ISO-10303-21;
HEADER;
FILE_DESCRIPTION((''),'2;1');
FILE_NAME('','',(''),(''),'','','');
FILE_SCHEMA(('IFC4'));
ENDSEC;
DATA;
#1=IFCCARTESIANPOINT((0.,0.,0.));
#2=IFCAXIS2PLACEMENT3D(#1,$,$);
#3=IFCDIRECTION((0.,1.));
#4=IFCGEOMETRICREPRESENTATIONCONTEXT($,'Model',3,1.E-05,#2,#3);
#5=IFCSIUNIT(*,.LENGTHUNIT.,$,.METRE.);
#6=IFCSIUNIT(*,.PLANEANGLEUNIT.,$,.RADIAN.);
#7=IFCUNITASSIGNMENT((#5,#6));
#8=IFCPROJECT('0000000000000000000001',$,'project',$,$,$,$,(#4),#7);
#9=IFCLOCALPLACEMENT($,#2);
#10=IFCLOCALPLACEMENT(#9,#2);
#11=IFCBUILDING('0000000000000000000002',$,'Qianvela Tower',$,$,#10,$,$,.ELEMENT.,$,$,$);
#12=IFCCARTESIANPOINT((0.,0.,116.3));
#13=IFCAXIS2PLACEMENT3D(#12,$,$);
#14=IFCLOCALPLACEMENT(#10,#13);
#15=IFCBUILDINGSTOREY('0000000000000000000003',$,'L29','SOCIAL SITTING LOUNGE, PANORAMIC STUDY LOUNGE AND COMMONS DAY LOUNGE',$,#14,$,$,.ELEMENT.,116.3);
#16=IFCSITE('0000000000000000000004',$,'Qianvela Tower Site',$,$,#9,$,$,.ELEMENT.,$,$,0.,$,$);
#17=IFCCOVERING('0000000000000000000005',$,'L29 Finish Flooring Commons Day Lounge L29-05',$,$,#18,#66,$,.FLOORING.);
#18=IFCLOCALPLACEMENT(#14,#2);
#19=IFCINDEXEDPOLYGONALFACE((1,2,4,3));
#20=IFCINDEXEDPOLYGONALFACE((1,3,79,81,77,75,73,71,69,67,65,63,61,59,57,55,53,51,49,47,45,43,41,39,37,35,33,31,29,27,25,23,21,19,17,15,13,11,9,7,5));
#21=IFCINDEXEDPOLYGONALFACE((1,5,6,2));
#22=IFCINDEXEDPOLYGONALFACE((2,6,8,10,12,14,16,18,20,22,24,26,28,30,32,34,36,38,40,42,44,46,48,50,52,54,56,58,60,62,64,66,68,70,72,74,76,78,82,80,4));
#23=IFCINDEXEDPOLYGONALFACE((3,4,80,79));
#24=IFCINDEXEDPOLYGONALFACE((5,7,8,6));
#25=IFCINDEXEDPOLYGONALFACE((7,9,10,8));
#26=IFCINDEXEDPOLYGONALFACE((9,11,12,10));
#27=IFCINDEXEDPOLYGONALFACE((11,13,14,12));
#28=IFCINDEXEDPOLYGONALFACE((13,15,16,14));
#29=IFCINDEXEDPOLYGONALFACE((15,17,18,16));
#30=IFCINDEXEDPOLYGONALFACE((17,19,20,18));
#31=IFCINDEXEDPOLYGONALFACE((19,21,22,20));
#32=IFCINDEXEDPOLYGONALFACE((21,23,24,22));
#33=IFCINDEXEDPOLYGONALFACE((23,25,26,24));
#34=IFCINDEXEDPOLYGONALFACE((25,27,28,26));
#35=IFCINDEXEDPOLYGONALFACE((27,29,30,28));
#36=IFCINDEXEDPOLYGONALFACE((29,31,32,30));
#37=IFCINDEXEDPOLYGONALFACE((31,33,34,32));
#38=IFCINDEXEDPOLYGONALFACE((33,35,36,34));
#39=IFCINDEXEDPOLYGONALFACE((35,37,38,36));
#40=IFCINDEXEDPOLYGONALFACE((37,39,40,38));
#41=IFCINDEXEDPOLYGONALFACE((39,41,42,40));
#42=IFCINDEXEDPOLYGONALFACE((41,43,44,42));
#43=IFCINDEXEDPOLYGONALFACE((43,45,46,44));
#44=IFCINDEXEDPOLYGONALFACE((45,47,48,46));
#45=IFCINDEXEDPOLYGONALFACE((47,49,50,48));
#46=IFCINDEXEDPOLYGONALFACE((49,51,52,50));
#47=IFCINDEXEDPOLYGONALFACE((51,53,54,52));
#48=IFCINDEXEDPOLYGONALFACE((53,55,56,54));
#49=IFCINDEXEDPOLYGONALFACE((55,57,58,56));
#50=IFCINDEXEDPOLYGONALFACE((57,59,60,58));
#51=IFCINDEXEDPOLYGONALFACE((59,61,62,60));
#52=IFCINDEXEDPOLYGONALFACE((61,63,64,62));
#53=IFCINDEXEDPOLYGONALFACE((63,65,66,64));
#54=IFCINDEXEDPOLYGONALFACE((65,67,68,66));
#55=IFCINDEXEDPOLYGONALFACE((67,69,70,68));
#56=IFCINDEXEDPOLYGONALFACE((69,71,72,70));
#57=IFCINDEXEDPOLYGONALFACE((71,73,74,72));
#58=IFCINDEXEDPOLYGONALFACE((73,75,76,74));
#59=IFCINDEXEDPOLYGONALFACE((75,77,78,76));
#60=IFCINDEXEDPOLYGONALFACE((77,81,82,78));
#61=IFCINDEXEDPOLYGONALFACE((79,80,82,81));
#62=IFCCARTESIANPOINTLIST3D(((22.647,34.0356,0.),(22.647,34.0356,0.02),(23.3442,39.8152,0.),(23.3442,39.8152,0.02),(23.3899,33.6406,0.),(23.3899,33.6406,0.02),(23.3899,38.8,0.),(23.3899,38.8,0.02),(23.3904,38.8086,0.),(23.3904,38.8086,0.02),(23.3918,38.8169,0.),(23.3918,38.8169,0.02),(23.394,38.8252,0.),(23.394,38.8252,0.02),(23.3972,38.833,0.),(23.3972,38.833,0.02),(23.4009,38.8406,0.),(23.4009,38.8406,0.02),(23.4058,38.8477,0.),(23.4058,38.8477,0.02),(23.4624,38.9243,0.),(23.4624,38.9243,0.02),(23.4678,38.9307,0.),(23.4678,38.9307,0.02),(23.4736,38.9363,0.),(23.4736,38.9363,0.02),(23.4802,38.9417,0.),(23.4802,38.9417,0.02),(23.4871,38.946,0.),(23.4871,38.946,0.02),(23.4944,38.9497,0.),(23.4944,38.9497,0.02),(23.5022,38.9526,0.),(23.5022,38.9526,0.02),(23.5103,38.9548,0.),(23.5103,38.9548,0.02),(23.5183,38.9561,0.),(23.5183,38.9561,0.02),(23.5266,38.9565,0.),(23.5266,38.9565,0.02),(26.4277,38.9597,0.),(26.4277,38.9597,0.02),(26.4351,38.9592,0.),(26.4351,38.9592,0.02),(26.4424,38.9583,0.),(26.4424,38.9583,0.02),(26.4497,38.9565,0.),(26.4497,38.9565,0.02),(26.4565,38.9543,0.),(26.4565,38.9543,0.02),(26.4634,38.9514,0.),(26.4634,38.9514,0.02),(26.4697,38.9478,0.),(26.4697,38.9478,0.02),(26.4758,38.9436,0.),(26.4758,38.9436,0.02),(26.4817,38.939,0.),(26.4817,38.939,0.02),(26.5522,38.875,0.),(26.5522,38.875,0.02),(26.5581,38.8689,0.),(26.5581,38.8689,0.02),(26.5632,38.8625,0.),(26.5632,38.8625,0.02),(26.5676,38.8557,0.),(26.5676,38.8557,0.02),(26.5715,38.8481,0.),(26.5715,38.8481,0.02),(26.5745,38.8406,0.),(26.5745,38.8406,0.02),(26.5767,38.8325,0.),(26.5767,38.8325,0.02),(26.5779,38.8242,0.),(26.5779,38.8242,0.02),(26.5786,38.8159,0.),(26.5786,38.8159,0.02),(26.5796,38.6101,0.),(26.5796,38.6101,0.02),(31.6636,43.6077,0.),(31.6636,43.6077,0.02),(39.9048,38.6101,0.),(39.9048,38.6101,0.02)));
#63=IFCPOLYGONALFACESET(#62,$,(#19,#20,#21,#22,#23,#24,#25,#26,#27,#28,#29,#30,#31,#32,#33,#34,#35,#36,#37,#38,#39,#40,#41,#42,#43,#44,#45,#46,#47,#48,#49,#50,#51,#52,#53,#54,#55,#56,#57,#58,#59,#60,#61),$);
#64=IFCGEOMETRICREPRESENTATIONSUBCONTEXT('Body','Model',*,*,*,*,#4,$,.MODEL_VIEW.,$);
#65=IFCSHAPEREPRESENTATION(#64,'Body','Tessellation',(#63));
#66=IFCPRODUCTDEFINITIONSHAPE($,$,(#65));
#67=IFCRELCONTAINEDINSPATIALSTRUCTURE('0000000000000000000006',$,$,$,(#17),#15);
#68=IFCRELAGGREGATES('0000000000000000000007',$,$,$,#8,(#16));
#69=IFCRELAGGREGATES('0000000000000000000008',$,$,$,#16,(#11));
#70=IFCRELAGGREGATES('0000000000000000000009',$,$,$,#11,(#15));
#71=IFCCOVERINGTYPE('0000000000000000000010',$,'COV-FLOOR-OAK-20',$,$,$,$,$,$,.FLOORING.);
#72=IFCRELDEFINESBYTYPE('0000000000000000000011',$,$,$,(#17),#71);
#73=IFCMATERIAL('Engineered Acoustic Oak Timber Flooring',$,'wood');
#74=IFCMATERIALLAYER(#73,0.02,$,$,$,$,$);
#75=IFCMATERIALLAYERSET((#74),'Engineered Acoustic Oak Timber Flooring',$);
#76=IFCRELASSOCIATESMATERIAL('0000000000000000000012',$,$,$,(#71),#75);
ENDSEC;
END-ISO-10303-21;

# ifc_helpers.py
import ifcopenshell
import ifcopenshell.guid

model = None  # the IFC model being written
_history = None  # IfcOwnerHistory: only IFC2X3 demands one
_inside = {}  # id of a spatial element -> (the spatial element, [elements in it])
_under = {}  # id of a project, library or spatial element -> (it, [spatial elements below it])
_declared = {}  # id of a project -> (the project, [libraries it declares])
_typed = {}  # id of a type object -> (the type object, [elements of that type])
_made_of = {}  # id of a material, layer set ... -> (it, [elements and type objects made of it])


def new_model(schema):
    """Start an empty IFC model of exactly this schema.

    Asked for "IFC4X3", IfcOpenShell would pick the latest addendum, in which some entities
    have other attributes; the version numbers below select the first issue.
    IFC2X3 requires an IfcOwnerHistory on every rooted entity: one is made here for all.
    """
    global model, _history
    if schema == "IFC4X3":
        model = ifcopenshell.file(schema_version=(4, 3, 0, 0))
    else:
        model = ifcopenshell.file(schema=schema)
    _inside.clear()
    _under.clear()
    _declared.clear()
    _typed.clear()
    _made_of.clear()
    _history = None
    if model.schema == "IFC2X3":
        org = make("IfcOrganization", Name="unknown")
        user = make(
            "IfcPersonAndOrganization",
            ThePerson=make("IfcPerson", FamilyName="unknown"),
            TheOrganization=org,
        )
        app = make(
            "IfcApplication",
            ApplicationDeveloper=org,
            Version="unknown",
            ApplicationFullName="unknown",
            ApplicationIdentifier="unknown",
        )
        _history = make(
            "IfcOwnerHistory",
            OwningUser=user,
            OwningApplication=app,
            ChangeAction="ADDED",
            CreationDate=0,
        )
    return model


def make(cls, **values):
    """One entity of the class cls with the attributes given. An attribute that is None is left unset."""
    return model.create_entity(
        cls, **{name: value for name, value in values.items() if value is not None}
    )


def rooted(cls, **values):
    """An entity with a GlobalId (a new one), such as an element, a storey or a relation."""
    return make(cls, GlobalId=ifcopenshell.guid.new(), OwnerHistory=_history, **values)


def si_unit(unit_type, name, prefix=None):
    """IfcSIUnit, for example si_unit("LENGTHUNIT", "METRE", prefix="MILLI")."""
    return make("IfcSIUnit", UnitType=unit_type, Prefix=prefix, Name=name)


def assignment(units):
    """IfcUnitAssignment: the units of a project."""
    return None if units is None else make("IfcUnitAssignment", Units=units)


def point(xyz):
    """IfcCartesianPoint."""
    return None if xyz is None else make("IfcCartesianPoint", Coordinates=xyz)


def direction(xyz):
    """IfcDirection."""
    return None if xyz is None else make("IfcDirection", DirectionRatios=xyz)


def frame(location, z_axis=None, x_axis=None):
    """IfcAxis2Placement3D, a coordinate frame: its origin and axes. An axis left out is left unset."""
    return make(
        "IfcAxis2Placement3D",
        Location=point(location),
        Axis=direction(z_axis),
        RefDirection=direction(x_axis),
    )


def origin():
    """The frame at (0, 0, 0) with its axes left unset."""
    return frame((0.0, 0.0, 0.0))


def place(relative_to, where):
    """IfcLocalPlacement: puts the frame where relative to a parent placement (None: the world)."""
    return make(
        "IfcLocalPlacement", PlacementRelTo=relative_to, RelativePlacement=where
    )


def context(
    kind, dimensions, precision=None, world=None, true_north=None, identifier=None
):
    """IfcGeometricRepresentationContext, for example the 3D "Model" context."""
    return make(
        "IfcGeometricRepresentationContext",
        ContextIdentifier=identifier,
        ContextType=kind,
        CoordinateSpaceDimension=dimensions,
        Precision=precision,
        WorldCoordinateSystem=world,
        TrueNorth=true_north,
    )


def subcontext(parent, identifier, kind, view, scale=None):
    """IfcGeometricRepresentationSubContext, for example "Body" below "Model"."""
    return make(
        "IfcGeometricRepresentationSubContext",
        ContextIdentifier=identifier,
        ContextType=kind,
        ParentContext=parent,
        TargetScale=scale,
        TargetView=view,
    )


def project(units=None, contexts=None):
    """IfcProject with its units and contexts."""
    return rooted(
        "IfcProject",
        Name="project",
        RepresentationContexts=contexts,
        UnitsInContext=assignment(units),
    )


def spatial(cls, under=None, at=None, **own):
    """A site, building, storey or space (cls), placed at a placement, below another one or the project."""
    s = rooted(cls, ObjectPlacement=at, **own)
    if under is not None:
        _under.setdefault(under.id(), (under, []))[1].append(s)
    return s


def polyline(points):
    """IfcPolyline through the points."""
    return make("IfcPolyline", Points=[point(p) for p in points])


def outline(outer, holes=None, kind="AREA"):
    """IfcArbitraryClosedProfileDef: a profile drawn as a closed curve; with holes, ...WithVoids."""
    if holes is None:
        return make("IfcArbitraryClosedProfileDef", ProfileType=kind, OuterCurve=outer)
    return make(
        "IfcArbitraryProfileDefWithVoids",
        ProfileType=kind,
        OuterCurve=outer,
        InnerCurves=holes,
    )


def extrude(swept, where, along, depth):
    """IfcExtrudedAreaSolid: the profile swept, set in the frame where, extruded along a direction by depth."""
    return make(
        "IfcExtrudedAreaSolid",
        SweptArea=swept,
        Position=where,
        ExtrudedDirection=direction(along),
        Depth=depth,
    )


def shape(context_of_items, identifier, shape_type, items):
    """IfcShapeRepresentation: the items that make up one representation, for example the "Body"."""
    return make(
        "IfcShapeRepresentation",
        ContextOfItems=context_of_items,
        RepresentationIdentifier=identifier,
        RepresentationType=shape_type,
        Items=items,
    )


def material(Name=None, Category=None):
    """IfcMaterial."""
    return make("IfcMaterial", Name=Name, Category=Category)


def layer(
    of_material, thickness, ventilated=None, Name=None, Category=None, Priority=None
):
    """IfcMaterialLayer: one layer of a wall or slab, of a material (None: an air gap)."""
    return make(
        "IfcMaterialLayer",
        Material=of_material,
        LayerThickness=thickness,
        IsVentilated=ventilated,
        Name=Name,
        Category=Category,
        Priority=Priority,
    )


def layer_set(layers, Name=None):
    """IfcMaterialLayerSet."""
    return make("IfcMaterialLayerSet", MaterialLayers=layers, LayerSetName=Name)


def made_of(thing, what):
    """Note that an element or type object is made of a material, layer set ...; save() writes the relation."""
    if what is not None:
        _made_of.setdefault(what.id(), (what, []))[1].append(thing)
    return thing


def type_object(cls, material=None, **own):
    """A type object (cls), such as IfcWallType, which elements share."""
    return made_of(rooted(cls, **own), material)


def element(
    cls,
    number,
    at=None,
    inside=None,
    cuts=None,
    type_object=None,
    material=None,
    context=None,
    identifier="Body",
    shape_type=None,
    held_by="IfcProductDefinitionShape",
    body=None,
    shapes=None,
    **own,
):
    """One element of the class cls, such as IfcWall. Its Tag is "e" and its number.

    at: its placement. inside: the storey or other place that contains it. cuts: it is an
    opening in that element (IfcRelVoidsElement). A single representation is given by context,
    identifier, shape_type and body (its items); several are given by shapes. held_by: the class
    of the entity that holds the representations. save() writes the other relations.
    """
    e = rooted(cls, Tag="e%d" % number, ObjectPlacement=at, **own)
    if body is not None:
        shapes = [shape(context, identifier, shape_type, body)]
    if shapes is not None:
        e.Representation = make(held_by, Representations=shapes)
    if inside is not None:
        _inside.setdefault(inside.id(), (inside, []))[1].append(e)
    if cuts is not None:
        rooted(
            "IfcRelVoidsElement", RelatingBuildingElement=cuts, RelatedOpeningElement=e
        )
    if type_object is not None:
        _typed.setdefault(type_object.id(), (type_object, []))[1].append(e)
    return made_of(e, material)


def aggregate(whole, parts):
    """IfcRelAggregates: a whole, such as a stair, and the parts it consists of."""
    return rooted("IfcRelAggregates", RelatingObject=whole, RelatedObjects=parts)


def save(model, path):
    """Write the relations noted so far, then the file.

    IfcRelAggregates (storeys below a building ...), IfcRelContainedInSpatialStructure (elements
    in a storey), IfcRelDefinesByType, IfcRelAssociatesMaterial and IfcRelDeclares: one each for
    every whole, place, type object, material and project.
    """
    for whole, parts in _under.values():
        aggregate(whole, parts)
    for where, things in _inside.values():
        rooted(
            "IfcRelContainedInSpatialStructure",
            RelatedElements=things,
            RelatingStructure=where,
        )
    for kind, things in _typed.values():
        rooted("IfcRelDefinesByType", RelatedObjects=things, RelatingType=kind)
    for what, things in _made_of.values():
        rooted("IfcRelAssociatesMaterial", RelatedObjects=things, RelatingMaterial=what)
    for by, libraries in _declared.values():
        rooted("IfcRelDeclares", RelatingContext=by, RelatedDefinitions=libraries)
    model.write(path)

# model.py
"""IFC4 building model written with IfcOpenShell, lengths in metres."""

from ifc_helpers import new_model, si_unit, direction, frame, origin, place, context, subcontext, project, spatial, polyline, outline, extrude, material, layer, layer_set, type_object, element, save


model = new_model("IFC4")

# Units and contexts
model_context = context("Model", 3, precision=1e-05, world=origin(), true_north=direction((0.0, 1.0)))
body_context = subcontext(model_context, "Body", "Model", "MODEL_VIEW")
ifc_project = project(units=[si_unit("LENGTHUNIT", "METRE"), si_unit("PLANEANGLEUNIT", "RADIAN")], contexts=[model_context])

# Site, building, storey
site_placement = place(None, origin())
site = spatial("IfcSite", under=ifc_project, at=site_placement, Name="Qianvela Tower Site", CompositionType="ELEMENT", RefElevation=0.0)
building_placement = place(site_placement, origin())
building = spatial("IfcBuilding", under=site, at=building_placement, Name="Qianvela Tower", CompositionType="ELEMENT")
storey_placement = place(building_placement, frame((0.0, 0.0, 116.3)))
storey = spatial("IfcBuildingStorey", under=building, at=storey_placement, Name="L29", Description="SOCIAL SITTING LOUNGE, PANORAMIC STUDY LOUNGE AND COMMONS DAY LOUNGE", CompositionType="ELEMENT", Elevation=116.3)

# Covering
ifc_material_1 = material(Name="Engineered Acoustic Oak Timber Flooring", Category="wood")
ifc_layer_1 = layer(ifc_material_1, 0.02)
ifc_layer_set_1 = layer_set([ifc_layer_1], Name="Engineered Acoustic Oak Timber Flooring")
covering_type_1 = type_object("IfcCoveringType", Name="COV-FLOOR-OAK-20", PredefinedType="FLOORING", material=ifc_layer_set_1)
covering_1_placement = place(storey_placement, origin())
element("IfcCovering", 1, at=covering_1_placement, inside=storey, type_object=covering_type_1, Name="L29 Finish Flooring Commons Day Lounge L29-05", PredefinedType="FLOORING", context=body_context, shape_type="SweptSolid", body=[
    extrude(outline(polyline([(31.6636, 43.6077), (39.9048, 38.6101), (26.5796, 38.6101), (26.5786, 38.8159), (26.5779, 38.8242), (26.5767, 38.8325), (26.5745, 38.8406), (26.5715, 38.8481), (26.5676, 38.8557), (26.5632, 38.8625), (26.5581, 38.8689), (26.5522, 38.875), (26.4817, 38.939), (26.4758, 38.9436), (26.4697, 38.9478), (26.4634, 38.9514), (26.4565, 38.9543), (26.4497, 38.9565), (26.4424, 38.9583), (26.4351, 38.9592), (26.4277, 38.9597), (23.5266, 38.9565), (23.5183, 38.9561), (23.5103, 38.9548), (23.5022, 38.9526), (23.4944, 38.9497), (23.4871, 38.946), (23.4802, 38.9417), (23.4736, 38.9363), (23.4678, 38.9307), (23.4624, 38.9243), (23.4058, 38.8477), (23.4009, 38.8406), (23.3972, 38.833), (23.394, 38.8252), (23.3918, 38.8169), (23.3904, 38.8086), (23.3899, 38.8), (23.3899, 33.6406), (22.647, 34.0356), (23.3442, 39.8152), (31.6636, 43.6077)])), origin(), (0.0, 0.0, 1.0), 0.02),
])

save(model, "model.ifc")
